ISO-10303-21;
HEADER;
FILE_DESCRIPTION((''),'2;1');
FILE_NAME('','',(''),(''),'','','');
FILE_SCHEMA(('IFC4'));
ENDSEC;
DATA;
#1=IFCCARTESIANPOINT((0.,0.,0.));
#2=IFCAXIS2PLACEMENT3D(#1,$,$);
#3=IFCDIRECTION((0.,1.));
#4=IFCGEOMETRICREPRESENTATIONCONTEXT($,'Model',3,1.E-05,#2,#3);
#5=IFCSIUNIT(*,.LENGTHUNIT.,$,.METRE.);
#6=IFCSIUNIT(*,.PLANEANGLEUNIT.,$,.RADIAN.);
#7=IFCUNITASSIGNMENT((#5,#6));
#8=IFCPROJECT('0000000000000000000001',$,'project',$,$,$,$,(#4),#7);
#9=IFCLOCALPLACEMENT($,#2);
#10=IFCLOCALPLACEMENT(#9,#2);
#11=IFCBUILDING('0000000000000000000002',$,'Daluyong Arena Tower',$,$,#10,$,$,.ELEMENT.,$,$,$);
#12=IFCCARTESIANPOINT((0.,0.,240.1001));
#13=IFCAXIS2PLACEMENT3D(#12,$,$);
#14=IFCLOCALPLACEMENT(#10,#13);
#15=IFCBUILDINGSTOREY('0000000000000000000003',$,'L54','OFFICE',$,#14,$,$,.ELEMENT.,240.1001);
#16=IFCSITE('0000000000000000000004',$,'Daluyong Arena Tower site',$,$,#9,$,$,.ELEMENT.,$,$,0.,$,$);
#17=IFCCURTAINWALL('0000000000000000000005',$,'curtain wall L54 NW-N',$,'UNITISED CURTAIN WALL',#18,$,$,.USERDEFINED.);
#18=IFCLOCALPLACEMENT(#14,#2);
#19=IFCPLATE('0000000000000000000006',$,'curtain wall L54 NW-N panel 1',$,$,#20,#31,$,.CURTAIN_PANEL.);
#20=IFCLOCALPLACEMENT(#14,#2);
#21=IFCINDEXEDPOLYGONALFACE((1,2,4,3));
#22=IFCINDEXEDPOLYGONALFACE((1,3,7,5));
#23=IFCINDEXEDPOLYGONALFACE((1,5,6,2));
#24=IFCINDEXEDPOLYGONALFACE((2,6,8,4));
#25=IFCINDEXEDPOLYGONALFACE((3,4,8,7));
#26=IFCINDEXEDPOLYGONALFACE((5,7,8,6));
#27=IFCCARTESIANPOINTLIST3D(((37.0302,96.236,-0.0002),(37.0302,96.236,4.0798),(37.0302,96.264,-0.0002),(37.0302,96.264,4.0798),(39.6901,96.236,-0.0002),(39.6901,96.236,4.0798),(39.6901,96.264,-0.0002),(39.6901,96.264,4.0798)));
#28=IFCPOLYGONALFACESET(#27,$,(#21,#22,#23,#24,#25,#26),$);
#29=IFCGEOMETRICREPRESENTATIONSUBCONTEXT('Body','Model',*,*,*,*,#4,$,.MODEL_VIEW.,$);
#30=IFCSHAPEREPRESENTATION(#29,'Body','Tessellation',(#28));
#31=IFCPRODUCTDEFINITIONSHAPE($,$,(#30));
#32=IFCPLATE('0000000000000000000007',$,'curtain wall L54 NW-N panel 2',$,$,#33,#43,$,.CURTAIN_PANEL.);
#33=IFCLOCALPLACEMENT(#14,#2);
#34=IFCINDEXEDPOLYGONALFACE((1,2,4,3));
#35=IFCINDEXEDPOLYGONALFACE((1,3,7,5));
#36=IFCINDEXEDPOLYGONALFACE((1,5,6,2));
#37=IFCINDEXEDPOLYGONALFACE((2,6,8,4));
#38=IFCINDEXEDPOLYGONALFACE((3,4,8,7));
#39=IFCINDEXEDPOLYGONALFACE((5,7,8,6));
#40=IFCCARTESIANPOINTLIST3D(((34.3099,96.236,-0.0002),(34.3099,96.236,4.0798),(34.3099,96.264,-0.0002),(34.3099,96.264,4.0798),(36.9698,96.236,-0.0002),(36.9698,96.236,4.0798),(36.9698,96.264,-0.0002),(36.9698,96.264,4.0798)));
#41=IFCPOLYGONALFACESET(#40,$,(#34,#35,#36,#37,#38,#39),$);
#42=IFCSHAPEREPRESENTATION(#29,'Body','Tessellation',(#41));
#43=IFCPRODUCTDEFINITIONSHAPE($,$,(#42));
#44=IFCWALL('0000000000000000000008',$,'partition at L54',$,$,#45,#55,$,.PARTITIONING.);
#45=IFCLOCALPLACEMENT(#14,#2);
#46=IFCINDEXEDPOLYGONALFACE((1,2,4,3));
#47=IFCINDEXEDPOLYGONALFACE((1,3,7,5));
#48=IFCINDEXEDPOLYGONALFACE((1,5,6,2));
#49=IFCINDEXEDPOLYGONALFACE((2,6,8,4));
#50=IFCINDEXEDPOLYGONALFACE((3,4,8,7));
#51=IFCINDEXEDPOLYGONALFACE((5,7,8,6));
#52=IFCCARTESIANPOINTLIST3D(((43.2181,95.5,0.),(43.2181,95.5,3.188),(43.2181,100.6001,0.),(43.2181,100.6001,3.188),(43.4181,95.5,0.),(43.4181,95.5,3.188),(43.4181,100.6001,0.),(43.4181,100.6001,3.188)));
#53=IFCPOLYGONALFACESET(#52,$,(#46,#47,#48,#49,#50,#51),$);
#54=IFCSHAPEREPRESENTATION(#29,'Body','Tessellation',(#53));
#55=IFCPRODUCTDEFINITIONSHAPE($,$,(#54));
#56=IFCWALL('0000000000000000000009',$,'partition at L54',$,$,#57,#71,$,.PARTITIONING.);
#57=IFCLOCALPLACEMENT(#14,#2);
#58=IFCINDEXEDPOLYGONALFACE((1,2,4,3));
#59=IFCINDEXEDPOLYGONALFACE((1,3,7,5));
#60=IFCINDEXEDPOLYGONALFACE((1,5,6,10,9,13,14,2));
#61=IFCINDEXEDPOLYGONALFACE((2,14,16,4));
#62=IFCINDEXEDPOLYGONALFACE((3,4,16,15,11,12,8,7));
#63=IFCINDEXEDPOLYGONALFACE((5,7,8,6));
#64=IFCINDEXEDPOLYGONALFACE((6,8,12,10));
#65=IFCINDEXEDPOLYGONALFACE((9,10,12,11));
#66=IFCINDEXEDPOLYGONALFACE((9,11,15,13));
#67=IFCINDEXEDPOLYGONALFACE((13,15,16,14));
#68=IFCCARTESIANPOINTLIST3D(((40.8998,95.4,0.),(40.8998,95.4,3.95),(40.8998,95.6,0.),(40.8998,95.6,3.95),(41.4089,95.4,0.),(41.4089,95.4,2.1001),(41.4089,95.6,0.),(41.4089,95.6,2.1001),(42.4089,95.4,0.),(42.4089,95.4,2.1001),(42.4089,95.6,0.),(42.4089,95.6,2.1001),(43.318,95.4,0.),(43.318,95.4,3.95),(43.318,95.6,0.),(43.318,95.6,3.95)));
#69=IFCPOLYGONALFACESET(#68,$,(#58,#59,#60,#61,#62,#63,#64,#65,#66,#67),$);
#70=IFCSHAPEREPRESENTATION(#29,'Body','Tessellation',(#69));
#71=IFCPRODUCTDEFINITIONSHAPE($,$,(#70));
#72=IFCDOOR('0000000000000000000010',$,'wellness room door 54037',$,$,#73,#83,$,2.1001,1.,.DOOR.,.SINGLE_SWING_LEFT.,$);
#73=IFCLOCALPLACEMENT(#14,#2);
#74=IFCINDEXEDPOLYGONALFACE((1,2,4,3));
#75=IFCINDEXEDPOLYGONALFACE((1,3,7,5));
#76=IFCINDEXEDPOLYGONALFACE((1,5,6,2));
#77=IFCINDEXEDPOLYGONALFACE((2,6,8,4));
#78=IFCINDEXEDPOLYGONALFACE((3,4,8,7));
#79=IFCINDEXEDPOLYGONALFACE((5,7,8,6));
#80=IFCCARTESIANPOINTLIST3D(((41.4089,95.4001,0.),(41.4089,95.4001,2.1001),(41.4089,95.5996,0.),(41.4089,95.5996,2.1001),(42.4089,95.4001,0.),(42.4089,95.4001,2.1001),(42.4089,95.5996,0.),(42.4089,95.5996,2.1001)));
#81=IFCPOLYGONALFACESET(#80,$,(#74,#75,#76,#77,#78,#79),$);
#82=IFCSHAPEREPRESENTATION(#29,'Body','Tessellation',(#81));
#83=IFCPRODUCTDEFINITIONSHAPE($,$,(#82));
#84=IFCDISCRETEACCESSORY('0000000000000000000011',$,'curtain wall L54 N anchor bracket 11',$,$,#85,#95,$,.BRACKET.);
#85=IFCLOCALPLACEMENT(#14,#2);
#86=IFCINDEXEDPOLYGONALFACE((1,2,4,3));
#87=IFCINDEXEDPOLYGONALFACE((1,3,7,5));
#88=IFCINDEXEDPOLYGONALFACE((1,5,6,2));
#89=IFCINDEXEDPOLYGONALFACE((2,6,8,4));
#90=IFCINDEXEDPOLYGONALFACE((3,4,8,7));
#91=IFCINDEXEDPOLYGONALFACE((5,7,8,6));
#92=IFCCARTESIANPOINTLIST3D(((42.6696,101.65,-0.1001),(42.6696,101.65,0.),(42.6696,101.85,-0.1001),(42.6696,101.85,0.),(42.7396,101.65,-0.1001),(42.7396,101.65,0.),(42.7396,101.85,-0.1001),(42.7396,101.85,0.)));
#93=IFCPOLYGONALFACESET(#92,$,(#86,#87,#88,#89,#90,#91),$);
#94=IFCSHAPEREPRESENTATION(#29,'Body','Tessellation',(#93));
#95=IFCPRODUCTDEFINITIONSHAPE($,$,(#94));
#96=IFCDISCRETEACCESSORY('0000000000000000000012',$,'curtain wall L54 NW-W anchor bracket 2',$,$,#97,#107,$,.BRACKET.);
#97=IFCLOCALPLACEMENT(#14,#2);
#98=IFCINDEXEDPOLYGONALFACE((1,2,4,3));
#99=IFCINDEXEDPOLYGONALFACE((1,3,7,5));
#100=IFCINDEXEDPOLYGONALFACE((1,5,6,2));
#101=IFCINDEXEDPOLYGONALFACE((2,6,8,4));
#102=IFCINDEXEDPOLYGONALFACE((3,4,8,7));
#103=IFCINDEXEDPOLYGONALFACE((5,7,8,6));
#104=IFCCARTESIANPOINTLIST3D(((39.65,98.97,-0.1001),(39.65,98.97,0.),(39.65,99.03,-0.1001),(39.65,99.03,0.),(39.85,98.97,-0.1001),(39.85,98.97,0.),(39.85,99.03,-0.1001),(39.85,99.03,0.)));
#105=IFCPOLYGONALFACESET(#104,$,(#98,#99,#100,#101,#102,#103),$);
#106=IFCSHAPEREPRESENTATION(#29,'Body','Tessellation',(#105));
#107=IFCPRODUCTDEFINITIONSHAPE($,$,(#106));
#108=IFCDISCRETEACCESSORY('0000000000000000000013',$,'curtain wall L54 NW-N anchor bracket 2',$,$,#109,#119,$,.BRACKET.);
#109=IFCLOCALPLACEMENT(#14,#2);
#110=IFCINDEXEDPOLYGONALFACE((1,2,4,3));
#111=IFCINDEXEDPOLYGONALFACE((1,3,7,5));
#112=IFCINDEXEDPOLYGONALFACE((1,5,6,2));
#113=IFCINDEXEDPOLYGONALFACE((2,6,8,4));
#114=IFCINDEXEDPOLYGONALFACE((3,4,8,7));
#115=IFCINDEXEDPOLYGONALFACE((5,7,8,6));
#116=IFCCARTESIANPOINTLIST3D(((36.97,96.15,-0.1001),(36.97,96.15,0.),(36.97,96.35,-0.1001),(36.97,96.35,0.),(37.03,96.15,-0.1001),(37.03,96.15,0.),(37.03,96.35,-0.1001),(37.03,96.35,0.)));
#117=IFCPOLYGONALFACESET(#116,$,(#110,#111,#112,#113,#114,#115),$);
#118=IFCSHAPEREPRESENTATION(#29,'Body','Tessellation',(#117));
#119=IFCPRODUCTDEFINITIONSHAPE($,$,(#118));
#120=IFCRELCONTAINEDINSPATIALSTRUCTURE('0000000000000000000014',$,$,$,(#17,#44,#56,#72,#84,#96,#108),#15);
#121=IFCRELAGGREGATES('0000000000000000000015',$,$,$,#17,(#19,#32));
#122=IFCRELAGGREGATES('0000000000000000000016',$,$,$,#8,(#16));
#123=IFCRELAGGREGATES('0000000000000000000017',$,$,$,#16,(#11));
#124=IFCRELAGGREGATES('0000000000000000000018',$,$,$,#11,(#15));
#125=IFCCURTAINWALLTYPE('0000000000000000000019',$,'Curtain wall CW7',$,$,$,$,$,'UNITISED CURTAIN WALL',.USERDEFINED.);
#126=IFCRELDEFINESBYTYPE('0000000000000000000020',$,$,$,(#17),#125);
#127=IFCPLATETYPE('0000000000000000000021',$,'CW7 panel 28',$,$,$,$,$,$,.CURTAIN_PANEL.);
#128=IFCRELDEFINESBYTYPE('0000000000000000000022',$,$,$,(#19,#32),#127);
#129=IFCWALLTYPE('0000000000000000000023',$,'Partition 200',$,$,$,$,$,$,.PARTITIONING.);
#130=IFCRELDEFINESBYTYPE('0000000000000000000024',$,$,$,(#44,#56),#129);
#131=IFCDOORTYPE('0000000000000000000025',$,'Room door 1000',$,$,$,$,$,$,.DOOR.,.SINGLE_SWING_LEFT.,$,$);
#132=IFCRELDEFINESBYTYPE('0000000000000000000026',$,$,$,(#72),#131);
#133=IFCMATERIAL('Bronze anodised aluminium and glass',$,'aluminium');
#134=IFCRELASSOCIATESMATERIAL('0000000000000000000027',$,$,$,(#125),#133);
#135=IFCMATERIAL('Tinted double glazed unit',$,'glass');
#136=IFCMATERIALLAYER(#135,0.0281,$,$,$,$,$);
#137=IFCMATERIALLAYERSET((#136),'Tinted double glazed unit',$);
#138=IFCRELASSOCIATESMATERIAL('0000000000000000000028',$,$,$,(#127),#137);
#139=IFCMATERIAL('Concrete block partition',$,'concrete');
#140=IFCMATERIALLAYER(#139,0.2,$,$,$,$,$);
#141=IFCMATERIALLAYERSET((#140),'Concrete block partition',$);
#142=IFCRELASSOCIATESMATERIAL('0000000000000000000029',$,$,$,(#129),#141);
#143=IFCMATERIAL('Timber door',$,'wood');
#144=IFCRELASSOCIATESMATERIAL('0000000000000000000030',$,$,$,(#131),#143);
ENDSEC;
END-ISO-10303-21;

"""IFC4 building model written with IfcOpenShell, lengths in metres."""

from ifc_helpers import new_model, si_unit, direction, frame, frame_2d, origin, origin_2d, place, context, subcontext, project, spatial, rectangle, extrude, material, layer, layer_set, type_object, element, fill, aggregate, save


model = new_model("IFC4")

# Units and contexts
model_context = context("Model", 3, precision=1e-05, world=origin(), true_north=direction((0.0, 1.0)))
body_context = subcontext(model_context, "Body", "Model", "MODEL_VIEW")
ifc_project = project(units=[si_unit("LENGTHUNIT", "METRE"), si_unit("PLANEANGLEUNIT", "RADIAN")], contexts=[model_context])

# Site, building, storey
site_placement = place(None, origin())
site = spatial("IfcSite", under=ifc_project, at=site_placement, Name="Daluyong Arena Tower site", CompositionType="ELEMENT", RefElevation=0.0)
building_placement = place(site_placement, origin())
building = spatial("IfcBuilding", under=site, at=building_placement, Name="Daluyong Arena Tower", CompositionType="ELEMENT")
storey_placement = place(building_placement, frame((0.0, 0.0, 240.1001)))
storey = spatial("IfcBuildingStorey", under=building, at=storey_placement, Name="L54", Description="OFFICE", CompositionType="ELEMENT", Elevation=240.1001)

# Curtain wall
ifc_material_1 = material(Name="Bronze anodised aluminium and glass", Category="aluminium")
curtain_wall_type_1 = type_object("IfcCurtainWallType", Name="Curtain wall CW7", ElementType="UNITISED CURTAIN WALL", PredefinedType="USERDEFINED", material=ifc_material_1)
curtain_wall_1_placement = place(storey_placement, origin())
curtain_wall_1 = element("IfcCurtainWall", 1, at=curtain_wall_1_placement, inside=storey, type_object=curtain_wall_type_1, Name="curtain wall L54 NW-N", ObjectType="UNITISED CURTAIN WALL", PredefinedType="USERDEFINED")

# Plates
ifc_material_2 = material(Name="Tinted double glazed unit", Category="glass")
ifc_layer_1 = layer(ifc_material_2, 0.0281)
ifc_layer_set_1 = layer_set([ifc_layer_1], Name="Tinted double glazed unit")
plate_type_1 = type_object("IfcPlateType", Name="CW7 panel 28", PredefinedType="CURTAIN_PANEL", material=ifc_layer_set_1)
plate_1_placement = place(storey_placement, frame((38.3601, 96.25, -0.0002), z_axis=(0.0, 0.0, 1.0), x_axis=(-1.0, 0.0, 0.0)))
plate_1 = element("IfcPlate", 2, at=plate_1_placement, type_object=plate_type_1, Name="curtain wall L54 NW-N panel 1", PredefinedType="CURTAIN_PANEL", context=body_context, shape_type="SweptSolid", body=[
    extrude(rectangle(XDim=2.6599, YDim=0.0281, at=origin_2d()), origin(), (0.0, 0.0, 1.0), 4.0801),
])
plate_2_placement = place(storey_placement, frame((35.6399, 96.25, -0.0002), z_axis=(0.0, 0.0, 1.0), x_axis=(-1.0, 0.0, 0.0)))
plate_2 = element("IfcPlate", 3, at=plate_2_placement, type_object=plate_type_1, Name="curtain wall L54 NW-N panel 2", PredefinedType="CURTAIN_PANEL", context=body_context, shape_type="SweptSolid", body=[
    extrude(rectangle(XDim=2.6599, YDim=0.0281, at=origin_2d()), origin(), (0.0, 0.0, 1.0), 4.0801),
])
aggregate(curtain_wall_1, [plate_1, plate_2])

# Wall
ifc_material_3 = material(Name="Concrete block partition", Category="concrete")
ifc_layer_2 = layer(ifc_material_3, 0.2)
ifc_layer_set_2 = layer_set([ifc_layer_2], Name="Concrete block partition")
wall_type = type_object("IfcWallType", Name="Partition 200", PredefinedType="PARTITIONING", material=ifc_layer_set_2)
wall_1_placement = place(storey_placement, frame((43.3181, 95.5, 0.0), z_axis=(0.0, 0.0, 1.0), x_axis=(0.0, 1.0, 0.0)))
element("IfcWall", 4, at=wall_1_placement, inside=storey, type_object=wall_type, Name="partition at L54", PredefinedType="PARTITIONING", context=body_context, shape_type="SweptSolid", body=[
    extrude(rectangle(XDim=5.1001, YDim=0.2, at=frame_2d((2.55, 0.0))), origin(), (0.0, 0.0, 1.0), 3.188),
])

# Wall, opening, door
wall_2_placement = place(storey_placement, frame((40.8999, 95.5, 0.0), z_axis=(0.0, 0.0, 1.0), x_axis=(1.0, 0.0, 0.0)))
wall_2 = element("IfcWall", 5, at=wall_2_placement, inside=storey, type_object=wall_type, Name="partition at L54", PredefinedType="PARTITIONING", context=body_context, shape_type="SweptSolid", body=[
    extrude(rectangle(XDim=2.4182, YDim=0.2, at=frame_2d((1.209, 0.0))), origin(), (0.0, 0.0, 1.0), 3.95),
])
opening_placement = place(wall_2_placement, frame((0.509, 0.0, 0.0)))
opening = element("IfcOpeningElement", 6, at=opening_placement, cuts=wall_2, PredefinedType="OPENING", context=body_context, shape_type="SweptSolid", body=[
    extrude(rectangle(XDim=1.0, YDim=2.1001, at=frame_2d((0.5, 1.05))), frame((0.0, 0.1099, 0.0), z_axis=(0.0, -1.0, 0.0), x_axis=(1.0, 0.0, 0.0)), (0.0, 0.0, 1.0), 0.22),
])
ifc_material_4 = material(Name="Timber door", Category="wood")
door_type = type_object("IfcDoorType", Name="Room door 1000", OperationType="SINGLE_SWING_LEFT", PredefinedType="DOOR", material=ifc_material_4)
door_placement = place(opening_placement, origin())
door = element("IfcDoor", 7, at=door_placement, inside=storey, type_object=door_type, Name="wellness room door 54037", OperationType="SINGLE_SWING_LEFT", OverallHeight=2.1001, OverallWidth=1.0, PredefinedType="DOOR", context=body_context, shape_type="SweptSolid", body=[
    extrude(rectangle(XDim=1.0, YDim=2.1001, at=frame_2d((0.5, 1.05))), frame((0.0, 0.0996, 0.0), z_axis=(0.0, -1.0, 0.0), x_axis=(1.0, 0.0, 0.0)), (0.0, 0.0, 1.0), 0.1995),
])
fill(opening, door)

# Discrete accessories
discrete_accessory_placement = place(storey_placement, frame((42.7046, 101.75, -0.1001), z_axis=(0.0, 0.0, 1.0), x_axis=(-1.0, 0.0, 0.0)))
element("IfcDiscreteAccessory", 8, at=discrete_accessory_placement, inside=storey, Name="curtain wall L54 N anchor bracket 11", PredefinedType="BRACKET", context=body_context, shape_type="SweptSolid", body=[
    extrude(rectangle(XDim=0.0701, YDim=0.2, at=origin_2d()), origin(), (0.0, 0.0, 1.0), 0.1001),
])
for number, where, z_axis, x_axis, name in (
    (9, (39.75, 99.0, -0.1001), (0.0, 0.0, 1.0), (0.0, -1.0, 0.0), "curtain wall L54 NW-W anchor bracket 2"),
    (10, (37.0, 96.25, -0.1001), (0.0, 0.0, 1.0), (-1.0, 0.0, 0.0), "curtain wall L54 NW-N anchor bracket 2"),
):
    element("IfcDiscreteAccessory", number, at=place(storey_placement, frame(where, z_axis=z_axis, x_axis=x_axis)), inside=storey, Name=name, PredefinedType="BRACKET", context=body_context, shape_type="SweptSolid", body=[
        extrude(rectangle(XDim=0.0601, YDim=0.2, at=origin_2d()), origin(), (0.0, 0.0, 1.0), 0.1001),
    ])

save(model, "model.ifc")
